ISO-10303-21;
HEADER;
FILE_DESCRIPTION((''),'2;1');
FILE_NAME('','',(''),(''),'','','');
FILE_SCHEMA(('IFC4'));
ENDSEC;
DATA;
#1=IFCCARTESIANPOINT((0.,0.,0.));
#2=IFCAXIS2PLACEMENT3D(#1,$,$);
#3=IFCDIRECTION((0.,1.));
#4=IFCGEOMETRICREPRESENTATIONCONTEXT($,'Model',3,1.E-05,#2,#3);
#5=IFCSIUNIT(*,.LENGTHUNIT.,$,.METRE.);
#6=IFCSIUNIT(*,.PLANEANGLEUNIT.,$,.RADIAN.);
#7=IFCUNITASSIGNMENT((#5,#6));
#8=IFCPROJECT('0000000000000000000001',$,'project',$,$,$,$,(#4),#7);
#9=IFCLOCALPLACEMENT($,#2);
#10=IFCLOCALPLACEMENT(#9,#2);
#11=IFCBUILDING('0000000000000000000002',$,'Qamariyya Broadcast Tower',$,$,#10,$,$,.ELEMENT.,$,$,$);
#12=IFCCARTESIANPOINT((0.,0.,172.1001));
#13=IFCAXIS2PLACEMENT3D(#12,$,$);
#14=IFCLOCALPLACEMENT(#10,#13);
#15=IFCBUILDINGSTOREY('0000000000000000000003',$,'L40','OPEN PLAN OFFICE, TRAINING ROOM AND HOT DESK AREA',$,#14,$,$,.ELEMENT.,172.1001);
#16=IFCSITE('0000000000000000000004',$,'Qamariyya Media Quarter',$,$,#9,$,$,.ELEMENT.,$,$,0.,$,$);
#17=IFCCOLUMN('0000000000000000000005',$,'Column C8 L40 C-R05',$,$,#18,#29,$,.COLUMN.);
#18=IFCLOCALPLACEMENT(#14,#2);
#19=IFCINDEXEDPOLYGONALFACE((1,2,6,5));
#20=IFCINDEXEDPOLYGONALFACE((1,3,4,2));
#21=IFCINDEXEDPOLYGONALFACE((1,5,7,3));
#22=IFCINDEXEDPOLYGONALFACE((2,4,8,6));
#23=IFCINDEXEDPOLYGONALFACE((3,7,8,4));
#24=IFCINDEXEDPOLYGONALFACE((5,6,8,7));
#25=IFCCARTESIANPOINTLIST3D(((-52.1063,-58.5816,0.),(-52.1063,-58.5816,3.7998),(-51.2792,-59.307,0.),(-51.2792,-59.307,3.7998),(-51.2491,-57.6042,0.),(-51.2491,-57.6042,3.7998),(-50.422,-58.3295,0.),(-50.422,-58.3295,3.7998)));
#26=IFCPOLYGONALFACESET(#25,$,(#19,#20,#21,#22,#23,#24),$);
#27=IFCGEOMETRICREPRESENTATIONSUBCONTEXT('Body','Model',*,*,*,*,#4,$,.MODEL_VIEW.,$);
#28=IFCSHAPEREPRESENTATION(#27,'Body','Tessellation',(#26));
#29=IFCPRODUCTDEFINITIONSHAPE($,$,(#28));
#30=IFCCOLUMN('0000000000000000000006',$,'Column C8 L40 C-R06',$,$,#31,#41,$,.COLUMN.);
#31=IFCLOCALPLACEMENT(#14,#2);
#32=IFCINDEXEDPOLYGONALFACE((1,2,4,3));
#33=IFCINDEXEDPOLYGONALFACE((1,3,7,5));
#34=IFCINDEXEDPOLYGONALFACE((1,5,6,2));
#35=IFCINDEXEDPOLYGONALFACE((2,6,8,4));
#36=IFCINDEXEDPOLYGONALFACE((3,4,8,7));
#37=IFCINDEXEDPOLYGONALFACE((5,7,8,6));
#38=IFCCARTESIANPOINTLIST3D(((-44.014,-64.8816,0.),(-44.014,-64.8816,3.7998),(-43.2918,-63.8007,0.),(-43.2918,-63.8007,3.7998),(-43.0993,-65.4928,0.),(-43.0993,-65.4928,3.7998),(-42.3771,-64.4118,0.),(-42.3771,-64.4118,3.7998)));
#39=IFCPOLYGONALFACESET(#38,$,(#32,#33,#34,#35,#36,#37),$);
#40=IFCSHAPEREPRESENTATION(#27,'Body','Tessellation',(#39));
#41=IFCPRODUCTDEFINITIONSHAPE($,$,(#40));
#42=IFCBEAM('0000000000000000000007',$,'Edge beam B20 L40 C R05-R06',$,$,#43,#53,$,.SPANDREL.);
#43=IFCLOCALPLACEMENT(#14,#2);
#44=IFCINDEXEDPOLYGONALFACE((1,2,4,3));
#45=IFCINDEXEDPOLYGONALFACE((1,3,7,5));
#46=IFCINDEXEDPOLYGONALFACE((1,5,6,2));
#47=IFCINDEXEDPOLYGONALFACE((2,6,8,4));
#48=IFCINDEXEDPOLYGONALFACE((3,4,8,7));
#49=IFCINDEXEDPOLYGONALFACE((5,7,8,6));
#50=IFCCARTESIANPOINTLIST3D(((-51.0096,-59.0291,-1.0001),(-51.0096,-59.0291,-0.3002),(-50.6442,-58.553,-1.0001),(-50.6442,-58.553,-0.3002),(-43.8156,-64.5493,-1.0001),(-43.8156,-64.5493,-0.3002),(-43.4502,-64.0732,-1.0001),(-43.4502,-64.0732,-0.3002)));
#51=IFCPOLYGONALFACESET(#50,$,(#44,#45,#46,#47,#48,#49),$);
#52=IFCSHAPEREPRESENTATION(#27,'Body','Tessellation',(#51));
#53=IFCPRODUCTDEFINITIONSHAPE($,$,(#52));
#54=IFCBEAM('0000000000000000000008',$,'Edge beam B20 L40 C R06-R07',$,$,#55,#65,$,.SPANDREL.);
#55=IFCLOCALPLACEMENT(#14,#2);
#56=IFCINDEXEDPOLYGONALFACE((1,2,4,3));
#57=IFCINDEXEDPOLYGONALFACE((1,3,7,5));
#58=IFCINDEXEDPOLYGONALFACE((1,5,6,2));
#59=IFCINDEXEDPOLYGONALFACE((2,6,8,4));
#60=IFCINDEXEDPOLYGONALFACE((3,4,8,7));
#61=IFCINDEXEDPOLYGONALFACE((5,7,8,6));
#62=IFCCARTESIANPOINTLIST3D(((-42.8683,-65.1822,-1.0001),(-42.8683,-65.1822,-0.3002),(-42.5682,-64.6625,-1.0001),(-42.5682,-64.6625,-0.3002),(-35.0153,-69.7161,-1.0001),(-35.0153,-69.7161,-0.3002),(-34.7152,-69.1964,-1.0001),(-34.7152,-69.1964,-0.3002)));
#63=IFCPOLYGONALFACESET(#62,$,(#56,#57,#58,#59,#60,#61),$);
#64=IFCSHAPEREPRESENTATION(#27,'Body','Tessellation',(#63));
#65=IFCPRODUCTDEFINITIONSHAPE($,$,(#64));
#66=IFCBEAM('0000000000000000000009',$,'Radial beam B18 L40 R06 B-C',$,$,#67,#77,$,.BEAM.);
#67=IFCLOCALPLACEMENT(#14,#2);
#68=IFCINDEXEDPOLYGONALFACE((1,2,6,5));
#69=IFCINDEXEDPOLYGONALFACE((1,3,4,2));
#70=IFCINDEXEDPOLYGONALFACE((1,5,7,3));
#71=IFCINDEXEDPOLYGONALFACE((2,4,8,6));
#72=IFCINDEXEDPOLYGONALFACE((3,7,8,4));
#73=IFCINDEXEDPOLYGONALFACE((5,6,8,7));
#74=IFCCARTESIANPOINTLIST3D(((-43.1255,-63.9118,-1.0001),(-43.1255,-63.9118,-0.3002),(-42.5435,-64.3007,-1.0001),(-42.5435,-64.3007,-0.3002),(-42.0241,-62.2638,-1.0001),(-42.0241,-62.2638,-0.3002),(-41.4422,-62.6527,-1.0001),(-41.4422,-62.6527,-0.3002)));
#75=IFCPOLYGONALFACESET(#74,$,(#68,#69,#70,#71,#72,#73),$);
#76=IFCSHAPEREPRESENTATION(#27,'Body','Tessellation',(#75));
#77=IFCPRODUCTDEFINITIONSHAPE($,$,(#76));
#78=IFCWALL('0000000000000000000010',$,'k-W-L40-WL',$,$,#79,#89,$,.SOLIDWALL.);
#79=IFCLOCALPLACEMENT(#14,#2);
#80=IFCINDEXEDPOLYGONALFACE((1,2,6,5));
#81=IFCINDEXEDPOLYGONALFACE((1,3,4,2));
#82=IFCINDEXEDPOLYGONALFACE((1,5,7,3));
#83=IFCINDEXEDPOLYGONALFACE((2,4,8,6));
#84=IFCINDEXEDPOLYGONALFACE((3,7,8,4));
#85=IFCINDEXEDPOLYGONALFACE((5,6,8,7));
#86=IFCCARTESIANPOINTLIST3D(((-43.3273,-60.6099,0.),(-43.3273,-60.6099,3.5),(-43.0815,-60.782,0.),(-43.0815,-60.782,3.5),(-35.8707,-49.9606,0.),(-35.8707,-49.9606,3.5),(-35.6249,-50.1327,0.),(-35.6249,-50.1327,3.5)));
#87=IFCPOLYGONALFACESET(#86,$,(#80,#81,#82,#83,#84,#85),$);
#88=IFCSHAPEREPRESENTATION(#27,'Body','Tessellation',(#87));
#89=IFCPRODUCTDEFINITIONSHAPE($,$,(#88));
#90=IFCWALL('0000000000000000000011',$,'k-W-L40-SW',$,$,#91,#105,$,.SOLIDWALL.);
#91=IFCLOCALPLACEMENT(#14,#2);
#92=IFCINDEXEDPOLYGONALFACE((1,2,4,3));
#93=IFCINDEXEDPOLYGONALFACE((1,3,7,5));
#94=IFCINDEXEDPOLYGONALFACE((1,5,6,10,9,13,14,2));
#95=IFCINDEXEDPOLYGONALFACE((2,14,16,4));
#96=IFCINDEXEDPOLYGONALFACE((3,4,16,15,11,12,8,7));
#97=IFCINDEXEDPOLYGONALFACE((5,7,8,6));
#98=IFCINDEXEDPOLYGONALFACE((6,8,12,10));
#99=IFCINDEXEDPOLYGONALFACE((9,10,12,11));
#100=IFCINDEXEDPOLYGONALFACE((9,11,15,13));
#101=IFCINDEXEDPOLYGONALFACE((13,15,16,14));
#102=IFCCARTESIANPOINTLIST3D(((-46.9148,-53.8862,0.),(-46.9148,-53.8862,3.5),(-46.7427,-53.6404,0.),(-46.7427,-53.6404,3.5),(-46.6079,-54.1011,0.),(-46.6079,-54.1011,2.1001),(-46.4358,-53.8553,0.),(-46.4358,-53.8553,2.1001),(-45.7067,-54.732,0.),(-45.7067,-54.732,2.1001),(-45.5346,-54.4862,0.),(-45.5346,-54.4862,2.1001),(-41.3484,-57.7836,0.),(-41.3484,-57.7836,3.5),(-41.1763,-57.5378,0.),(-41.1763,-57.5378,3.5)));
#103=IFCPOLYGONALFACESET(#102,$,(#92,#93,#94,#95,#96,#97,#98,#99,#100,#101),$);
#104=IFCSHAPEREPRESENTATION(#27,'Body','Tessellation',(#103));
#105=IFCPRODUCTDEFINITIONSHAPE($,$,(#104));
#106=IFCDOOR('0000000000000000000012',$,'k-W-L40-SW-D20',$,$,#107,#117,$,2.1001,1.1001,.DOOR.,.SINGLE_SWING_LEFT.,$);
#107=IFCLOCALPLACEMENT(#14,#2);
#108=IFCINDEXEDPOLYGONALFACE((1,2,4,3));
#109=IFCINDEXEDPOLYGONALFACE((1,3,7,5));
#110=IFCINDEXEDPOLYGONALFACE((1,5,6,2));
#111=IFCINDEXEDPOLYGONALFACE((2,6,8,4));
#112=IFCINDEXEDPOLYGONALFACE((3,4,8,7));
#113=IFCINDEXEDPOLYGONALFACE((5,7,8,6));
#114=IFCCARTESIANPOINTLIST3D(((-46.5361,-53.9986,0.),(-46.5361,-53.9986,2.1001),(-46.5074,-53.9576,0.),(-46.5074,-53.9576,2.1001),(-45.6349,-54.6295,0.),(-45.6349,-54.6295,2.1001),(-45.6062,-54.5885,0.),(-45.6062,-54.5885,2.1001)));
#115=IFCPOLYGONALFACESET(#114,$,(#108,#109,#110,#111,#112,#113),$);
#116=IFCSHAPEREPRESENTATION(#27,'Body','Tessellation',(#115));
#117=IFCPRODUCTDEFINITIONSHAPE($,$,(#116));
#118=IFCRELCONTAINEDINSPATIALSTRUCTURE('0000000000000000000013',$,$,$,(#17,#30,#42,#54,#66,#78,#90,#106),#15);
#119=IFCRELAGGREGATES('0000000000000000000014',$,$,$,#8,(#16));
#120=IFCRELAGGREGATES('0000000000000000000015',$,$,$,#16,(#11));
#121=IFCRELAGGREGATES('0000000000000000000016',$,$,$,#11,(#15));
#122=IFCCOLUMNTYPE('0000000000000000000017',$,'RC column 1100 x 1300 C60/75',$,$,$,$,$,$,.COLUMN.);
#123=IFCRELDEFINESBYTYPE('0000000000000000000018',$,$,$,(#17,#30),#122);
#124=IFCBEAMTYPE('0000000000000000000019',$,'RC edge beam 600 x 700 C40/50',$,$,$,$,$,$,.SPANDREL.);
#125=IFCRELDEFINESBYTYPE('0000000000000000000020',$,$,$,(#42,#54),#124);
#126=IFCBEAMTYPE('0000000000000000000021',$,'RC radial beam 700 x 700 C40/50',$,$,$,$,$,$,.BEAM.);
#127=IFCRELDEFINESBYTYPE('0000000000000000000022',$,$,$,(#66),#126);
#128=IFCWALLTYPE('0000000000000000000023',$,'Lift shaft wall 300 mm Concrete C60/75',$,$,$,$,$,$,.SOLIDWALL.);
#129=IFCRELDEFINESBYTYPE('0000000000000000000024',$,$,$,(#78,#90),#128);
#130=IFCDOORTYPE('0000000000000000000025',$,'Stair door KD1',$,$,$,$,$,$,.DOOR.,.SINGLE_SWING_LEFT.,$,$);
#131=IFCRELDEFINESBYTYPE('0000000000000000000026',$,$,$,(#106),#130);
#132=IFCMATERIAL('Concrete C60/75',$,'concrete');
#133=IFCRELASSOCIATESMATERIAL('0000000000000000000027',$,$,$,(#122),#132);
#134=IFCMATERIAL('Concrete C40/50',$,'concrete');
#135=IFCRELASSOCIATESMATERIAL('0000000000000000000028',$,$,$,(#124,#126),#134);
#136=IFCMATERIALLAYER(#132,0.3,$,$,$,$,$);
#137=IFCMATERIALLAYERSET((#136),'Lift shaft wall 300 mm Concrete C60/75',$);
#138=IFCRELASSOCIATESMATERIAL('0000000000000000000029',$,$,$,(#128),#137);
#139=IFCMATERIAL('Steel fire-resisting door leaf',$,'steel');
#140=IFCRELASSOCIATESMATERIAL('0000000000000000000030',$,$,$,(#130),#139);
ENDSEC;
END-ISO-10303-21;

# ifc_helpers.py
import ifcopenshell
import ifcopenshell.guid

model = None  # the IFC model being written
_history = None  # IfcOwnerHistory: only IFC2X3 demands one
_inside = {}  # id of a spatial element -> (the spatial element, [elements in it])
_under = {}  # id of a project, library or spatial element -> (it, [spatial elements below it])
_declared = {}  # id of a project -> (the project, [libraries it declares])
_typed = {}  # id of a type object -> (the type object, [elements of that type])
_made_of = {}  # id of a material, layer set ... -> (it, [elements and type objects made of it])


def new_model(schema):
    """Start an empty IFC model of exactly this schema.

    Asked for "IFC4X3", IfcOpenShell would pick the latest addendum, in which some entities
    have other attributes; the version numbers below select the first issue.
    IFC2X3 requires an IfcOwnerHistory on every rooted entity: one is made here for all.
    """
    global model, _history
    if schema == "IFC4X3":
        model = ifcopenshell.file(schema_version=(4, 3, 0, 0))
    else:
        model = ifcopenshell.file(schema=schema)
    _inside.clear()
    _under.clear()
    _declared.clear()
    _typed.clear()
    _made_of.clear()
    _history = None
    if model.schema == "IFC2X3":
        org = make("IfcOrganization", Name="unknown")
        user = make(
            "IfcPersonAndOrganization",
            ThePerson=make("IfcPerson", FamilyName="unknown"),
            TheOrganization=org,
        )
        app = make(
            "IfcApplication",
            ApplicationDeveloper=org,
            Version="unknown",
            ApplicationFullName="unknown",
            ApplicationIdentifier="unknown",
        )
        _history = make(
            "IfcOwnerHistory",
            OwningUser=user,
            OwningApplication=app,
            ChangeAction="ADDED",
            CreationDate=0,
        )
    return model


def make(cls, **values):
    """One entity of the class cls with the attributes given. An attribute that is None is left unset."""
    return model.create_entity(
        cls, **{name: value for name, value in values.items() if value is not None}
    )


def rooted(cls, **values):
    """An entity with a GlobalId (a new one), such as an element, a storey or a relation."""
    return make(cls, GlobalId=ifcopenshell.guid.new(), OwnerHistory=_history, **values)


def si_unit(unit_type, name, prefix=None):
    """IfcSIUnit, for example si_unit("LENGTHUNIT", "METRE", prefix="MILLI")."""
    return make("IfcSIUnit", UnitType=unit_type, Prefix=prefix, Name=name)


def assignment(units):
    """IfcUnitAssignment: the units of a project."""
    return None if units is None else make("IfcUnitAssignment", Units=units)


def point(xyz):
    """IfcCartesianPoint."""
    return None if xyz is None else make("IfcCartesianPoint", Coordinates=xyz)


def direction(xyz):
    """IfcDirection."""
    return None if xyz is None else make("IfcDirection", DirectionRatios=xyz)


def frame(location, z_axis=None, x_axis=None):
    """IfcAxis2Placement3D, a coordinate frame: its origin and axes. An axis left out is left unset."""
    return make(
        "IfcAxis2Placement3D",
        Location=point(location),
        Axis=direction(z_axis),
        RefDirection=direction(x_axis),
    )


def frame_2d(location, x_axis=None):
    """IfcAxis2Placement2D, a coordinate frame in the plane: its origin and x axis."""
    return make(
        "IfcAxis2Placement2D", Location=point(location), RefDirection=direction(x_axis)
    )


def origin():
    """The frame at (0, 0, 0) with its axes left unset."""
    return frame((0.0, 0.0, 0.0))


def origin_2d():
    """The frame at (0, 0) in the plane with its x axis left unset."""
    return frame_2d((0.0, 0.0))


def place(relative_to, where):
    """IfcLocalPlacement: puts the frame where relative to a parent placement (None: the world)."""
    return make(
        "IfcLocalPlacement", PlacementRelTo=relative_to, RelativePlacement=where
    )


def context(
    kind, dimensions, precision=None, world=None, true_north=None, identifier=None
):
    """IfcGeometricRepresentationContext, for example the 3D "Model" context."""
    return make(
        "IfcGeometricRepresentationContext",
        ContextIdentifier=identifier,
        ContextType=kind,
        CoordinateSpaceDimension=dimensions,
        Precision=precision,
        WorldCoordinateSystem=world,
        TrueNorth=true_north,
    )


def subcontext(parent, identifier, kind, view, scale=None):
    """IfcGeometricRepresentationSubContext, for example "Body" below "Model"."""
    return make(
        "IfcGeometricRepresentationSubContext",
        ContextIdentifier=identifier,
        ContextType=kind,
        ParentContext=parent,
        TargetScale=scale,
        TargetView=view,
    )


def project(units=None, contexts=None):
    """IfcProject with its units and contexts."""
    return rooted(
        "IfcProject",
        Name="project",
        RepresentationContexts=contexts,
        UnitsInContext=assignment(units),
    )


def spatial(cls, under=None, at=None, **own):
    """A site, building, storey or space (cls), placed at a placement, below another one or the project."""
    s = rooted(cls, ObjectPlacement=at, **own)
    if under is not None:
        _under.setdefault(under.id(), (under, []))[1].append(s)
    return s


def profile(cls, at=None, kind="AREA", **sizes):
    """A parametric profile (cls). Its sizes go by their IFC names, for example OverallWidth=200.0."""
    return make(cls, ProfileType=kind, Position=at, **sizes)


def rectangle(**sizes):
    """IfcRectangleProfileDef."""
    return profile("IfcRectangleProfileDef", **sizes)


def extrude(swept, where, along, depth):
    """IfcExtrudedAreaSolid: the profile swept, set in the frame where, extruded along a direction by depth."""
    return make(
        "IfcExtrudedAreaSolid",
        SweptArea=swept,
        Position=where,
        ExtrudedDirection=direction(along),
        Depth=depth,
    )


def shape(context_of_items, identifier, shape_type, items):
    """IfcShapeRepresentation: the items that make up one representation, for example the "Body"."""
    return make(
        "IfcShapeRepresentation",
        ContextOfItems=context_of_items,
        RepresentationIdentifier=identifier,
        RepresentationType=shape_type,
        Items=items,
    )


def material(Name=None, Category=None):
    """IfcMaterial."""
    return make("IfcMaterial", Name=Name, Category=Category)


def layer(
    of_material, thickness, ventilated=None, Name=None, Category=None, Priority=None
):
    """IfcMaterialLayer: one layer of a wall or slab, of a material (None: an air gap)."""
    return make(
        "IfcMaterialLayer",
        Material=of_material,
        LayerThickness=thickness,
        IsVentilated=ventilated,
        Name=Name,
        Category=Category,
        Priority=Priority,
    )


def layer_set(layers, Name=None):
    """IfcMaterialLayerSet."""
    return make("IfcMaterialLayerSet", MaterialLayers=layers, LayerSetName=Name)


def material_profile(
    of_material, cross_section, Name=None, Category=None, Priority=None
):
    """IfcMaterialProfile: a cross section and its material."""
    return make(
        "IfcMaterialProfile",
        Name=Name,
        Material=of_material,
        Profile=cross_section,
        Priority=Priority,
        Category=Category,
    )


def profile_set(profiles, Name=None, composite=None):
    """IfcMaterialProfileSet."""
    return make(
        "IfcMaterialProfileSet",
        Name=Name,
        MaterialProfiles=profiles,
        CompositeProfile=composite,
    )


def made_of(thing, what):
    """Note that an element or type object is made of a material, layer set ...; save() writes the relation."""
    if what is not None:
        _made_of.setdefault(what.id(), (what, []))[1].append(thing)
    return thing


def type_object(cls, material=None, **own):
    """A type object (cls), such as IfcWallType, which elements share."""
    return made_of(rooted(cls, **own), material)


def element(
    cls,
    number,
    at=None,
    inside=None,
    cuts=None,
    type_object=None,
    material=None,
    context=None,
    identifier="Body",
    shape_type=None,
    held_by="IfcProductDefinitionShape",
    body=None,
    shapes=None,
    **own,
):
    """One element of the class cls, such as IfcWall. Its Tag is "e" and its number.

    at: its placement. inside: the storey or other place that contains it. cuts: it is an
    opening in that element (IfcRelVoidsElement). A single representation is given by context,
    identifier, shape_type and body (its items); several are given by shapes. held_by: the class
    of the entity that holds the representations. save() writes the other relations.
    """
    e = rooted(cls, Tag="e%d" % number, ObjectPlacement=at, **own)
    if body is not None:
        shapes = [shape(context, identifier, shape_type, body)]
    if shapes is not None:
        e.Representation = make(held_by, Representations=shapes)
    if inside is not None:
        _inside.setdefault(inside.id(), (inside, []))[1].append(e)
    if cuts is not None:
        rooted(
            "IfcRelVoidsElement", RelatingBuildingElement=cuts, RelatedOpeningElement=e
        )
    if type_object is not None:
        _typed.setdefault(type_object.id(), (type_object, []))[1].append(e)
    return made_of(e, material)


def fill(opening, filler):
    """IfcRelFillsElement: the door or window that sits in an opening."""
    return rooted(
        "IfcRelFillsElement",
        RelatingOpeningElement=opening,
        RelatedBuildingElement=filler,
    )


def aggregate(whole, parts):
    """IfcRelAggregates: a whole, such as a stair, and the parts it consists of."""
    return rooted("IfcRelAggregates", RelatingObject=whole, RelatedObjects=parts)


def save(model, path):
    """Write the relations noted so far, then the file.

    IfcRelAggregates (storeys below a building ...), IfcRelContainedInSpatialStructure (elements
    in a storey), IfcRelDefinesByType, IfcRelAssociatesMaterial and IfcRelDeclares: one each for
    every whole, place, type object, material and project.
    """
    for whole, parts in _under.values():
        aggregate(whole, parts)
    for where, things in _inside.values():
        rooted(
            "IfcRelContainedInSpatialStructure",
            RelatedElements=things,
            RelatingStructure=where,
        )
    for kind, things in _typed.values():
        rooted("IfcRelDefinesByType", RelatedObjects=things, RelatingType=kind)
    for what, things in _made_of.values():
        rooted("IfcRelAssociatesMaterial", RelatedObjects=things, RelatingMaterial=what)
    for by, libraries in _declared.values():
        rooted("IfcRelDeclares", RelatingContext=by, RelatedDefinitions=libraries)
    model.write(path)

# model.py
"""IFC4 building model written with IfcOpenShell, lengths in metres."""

from ifc_helpers import new_model, si_unit, direction, frame, frame_2d, origin, origin_2d, place, context, subcontext, project, spatial, rectangle, extrude, material, layer, layer_set, material_profile, profile_set, type_object, element, fill, save


model = new_model("IFC4")

# Units and contexts
model_context = context("Model", 3, precision=1e-05, world=origin(), true_north=direction((0.0, 1.0)))
body_context = subcontext(model_context, "Body", "Model", "MODEL_VIEW")
ifc_project = project(units=[si_unit("LENGTHUNIT", "METRE"), si_unit("PLANEANGLEUNIT", "RADIAN")], contexts=[model_context])

# Site, building, storey
site_placement = place(None, origin())
site = spatial("IfcSite", under=ifc_project, at=site_placement, Name="Qamariyya Media Quarter", CompositionType="ELEMENT", RefElevation=0.0)
building_placement = place(site_placement, origin())
building = spatial("IfcBuilding", under=site, at=building_placement, Name="Qamariyya Broadcast Tower", CompositionType="ELEMENT")
storey_placement = place(building_placement, frame((0.0, 0.0, 172.1001)))
storey = spatial("IfcBuildingStorey", under=building, at=storey_placement, Name="L40", Description="OPEN PLAN OFFICE, TRAINING ROOM AND HOT DESK AREA", CompositionType="ELEMENT", Elevation=172.1001)

# Columns
ifc_material_1 = material(Name="Concrete C60/75", Category="concrete")
ifc_material_profile_1 = material_profile(ifc_material_1, rectangle(XDim=1.1001, YDim=1.3, at=origin_2d()))
ifc_profile_set_1 = profile_set([ifc_material_profile_1], Name="Concrete C60/75")
column_type = type_object("IfcColumnType", Name="RC column 1100 x 1300 C60/75", PredefinedType="COLUMN", material=ifc_profile_set_1)
for number, where, z_axis, x_axis, name in (
    (1, (-51.2642, -58.4556, 0.0), (0.0, 0.0, 1.0), (0.75184, -0.659346, 0.0), "Column C8 L40 C-R05"),
    (2, (-43.1956, -64.6467, 0.0), (0.0, 0.0, 1.0), (0.83147, -0.55557, 0.0), "Column C8 L40 C-R06"),
):
    element("IfcColumn", number, at=place(storey_placement, frame(where, z_axis=z_axis, x_axis=x_axis)), inside=storey, type_object=column_type, Name=name, PredefinedType="COLUMN", context=body_context, shape_type="SweptSolid", body=[
        extrude(rectangle(XDim=1.1001, YDim=1.3, at=origin_2d()), origin(), (0.0, 0.0, 1.0), 3.7998),
    ])

# Beams
ifc_material_2 = material(Name="Concrete C40/50", Category="concrete")
ifc_material_profile_2 = material_profile(ifc_material_2, rectangle(XDim=0.6001, YDim=0.7, at=origin_2d()))
ifc_profile_set_2 = profile_set([ifc_material_profile_2], Name="Concrete C40/50")
beam_type_1 = type_object("IfcBeamType", Name="RC edge beam 600 x 700 C40/50", PredefinedType="SPANDREL", material=ifc_profile_set_2)
for number, where, z_axis, x_axis, name in (
    (3, (-50.8269, -58.791, -0.6501), (0.793351, -0.608764, 0.0), (0.608764, 0.793351, 0.0), "Edge beam B20 L40 C R05-R06"),
    (4, (-42.7183, -64.9224, -0.6501), (0.866026, -0.499999, 0.0), (0.499999, 0.866026, 0.0), "Edge beam B20 L40 C R06-R07"),
):
    element("IfcBeam", number, at=place(storey_placement, frame(where, z_axis=z_axis, x_axis=x_axis)), inside=storey, type_object=beam_type_1, Name=name, PredefinedType="SPANDREL", context=body_context, shape_type="SweptSolid", body=[
        extrude(rectangle(XDim=0.6001, YDim=0.7, at=origin_2d()), origin(), (0.0, 0.0, 1.0), 9.0679),
    ])
ifc_material_profile_3 = material_profile(ifc_material_2, rectangle(XDim=0.7, YDim=0.7, at=origin_2d()))
ifc_profile_set_3 = profile_set([ifc_material_profile_3], Name="Concrete C40/50")
beam_type_2 = type_object("IfcBeamType", Name="RC radial beam 700 x 700 C40/50", PredefinedType="BEAM", material=ifc_profile_set_3)
beam_placement = place(storey_placement, frame((-41.7332, -62.4583, -0.6501), z_axis=(-0.555638, -0.831424, 0.0), x_axis=(0.831424, -0.555638, 0.0)))
element("IfcBeam", 5, at=beam_placement, inside=storey, type_object=beam_type_2, Name="Radial beam B18 L40 R06 B-C", PredefinedType="BEAM", context=body_context, shape_type="SweptSolid", body=[
    extrude(rectangle(XDim=0.7, YDim=0.7, at=origin_2d()), origin(), (0.0, 0.0, 1.0), 1.9822),
])

# Wall
ifc_layer = layer(ifc_material_1, 0.3)
ifc_layer_set = layer_set([ifc_layer], Name="Lift shaft wall 300 mm Concrete C60/75")
wall_type = type_object("IfcWallType", Name="Lift shaft wall 300 mm Concrete C60/75", PredefinedType="SOLIDWALL", material=ifc_layer_set)
wall_1_placement = place(storey_placement, frame((-43.2043, -60.6958, 0.0), z_axis=(0.0, 0.0, 1.0), x_axis=(0.573572, 0.819155, 0.0)))
element("IfcWall", 6, at=wall_1_placement, inside=storey, type_object=wall_type, Name="k-W-L40-WL", PredefinedType="SOLIDWALL", context=body_context, shape_type="SweptSolid", body=[
    extrude(rectangle(XDim=13.0002, YDim=0.3, at=frame_2d((6.5, 0.0))), origin(), (0.0, 0.0, 1.0), 3.5),
])

# Wall, opening, door
wall_2_placement = place(storey_placement, frame((-41.2625, -57.6606, 0.0), z_axis=(0.0, 0.0, 1.0), x_axis=(-0.819164, 0.573559, 0.0)))
wall_2 = element("IfcWall", 7, at=wall_2_placement, inside=storey, type_object=wall_type, Name="k-W-L40-SW", PredefinedType="SOLIDWALL", context=body_context, shape_type="SweptSolid", body=[
    extrude(rectangle(XDim=6.7952, YDim=0.3, at=frame_2d((3.3975, 0.0))), origin(), (0.0, 0.0, 1.0), 3.5),
])
opening_placement = place(wall_2_placement, frame((5.3203, 0.0, 0.0)))
opening = element("IfcOpeningElement", 8, at=opening_placement, cuts=wall_2, PredefinedType="OPENING", context=body_context, shape_type="SweptSolid", body=[
    extrude(rectangle(XDim=1.1001, YDim=2.1001, at=frame_2d((0.55, 1.05))), frame((0.0, 0.1599, 0.0), z_axis=(0.0, -1.0, 0.0), x_axis=(1.0, 0.0, 0.0)), (0.0, 0.0, 1.0), 0.3201),
])
ifc_material_3 = material(Name="Steel fire-resisting door leaf", Category="steel")
door_type = type_object("IfcDoorType", Name="Stair door KD1", OperationType="SINGLE_SWING_LEFT", PredefinedType="DOOR", material=ifc_material_3)
door_placement = place(opening_placement, origin())
door = element("IfcDoor", 9, at=door_placement, inside=storey, type_object=door_type, Name="k-W-L40-SW-D20", OperationType="SINGLE_SWING_LEFT", OverallHeight=2.1001, OverallWidth=1.1001, PredefinedType="DOOR", context=body_context, shape_type="SweptSolid", body=[
    extrude(rectangle(XDim=1.1001, YDim=2.1001, at=frame_2d((0.55, 1.05))), frame((0.0, 0.0249, 0.0), z_axis=(0.0, -1.0, 0.0), x_axis=(1.0, 0.0, 0.0)), (0.0, 0.0, 1.0), 0.05),
])
fill(opening, door)

save(model, "model.ifc")
